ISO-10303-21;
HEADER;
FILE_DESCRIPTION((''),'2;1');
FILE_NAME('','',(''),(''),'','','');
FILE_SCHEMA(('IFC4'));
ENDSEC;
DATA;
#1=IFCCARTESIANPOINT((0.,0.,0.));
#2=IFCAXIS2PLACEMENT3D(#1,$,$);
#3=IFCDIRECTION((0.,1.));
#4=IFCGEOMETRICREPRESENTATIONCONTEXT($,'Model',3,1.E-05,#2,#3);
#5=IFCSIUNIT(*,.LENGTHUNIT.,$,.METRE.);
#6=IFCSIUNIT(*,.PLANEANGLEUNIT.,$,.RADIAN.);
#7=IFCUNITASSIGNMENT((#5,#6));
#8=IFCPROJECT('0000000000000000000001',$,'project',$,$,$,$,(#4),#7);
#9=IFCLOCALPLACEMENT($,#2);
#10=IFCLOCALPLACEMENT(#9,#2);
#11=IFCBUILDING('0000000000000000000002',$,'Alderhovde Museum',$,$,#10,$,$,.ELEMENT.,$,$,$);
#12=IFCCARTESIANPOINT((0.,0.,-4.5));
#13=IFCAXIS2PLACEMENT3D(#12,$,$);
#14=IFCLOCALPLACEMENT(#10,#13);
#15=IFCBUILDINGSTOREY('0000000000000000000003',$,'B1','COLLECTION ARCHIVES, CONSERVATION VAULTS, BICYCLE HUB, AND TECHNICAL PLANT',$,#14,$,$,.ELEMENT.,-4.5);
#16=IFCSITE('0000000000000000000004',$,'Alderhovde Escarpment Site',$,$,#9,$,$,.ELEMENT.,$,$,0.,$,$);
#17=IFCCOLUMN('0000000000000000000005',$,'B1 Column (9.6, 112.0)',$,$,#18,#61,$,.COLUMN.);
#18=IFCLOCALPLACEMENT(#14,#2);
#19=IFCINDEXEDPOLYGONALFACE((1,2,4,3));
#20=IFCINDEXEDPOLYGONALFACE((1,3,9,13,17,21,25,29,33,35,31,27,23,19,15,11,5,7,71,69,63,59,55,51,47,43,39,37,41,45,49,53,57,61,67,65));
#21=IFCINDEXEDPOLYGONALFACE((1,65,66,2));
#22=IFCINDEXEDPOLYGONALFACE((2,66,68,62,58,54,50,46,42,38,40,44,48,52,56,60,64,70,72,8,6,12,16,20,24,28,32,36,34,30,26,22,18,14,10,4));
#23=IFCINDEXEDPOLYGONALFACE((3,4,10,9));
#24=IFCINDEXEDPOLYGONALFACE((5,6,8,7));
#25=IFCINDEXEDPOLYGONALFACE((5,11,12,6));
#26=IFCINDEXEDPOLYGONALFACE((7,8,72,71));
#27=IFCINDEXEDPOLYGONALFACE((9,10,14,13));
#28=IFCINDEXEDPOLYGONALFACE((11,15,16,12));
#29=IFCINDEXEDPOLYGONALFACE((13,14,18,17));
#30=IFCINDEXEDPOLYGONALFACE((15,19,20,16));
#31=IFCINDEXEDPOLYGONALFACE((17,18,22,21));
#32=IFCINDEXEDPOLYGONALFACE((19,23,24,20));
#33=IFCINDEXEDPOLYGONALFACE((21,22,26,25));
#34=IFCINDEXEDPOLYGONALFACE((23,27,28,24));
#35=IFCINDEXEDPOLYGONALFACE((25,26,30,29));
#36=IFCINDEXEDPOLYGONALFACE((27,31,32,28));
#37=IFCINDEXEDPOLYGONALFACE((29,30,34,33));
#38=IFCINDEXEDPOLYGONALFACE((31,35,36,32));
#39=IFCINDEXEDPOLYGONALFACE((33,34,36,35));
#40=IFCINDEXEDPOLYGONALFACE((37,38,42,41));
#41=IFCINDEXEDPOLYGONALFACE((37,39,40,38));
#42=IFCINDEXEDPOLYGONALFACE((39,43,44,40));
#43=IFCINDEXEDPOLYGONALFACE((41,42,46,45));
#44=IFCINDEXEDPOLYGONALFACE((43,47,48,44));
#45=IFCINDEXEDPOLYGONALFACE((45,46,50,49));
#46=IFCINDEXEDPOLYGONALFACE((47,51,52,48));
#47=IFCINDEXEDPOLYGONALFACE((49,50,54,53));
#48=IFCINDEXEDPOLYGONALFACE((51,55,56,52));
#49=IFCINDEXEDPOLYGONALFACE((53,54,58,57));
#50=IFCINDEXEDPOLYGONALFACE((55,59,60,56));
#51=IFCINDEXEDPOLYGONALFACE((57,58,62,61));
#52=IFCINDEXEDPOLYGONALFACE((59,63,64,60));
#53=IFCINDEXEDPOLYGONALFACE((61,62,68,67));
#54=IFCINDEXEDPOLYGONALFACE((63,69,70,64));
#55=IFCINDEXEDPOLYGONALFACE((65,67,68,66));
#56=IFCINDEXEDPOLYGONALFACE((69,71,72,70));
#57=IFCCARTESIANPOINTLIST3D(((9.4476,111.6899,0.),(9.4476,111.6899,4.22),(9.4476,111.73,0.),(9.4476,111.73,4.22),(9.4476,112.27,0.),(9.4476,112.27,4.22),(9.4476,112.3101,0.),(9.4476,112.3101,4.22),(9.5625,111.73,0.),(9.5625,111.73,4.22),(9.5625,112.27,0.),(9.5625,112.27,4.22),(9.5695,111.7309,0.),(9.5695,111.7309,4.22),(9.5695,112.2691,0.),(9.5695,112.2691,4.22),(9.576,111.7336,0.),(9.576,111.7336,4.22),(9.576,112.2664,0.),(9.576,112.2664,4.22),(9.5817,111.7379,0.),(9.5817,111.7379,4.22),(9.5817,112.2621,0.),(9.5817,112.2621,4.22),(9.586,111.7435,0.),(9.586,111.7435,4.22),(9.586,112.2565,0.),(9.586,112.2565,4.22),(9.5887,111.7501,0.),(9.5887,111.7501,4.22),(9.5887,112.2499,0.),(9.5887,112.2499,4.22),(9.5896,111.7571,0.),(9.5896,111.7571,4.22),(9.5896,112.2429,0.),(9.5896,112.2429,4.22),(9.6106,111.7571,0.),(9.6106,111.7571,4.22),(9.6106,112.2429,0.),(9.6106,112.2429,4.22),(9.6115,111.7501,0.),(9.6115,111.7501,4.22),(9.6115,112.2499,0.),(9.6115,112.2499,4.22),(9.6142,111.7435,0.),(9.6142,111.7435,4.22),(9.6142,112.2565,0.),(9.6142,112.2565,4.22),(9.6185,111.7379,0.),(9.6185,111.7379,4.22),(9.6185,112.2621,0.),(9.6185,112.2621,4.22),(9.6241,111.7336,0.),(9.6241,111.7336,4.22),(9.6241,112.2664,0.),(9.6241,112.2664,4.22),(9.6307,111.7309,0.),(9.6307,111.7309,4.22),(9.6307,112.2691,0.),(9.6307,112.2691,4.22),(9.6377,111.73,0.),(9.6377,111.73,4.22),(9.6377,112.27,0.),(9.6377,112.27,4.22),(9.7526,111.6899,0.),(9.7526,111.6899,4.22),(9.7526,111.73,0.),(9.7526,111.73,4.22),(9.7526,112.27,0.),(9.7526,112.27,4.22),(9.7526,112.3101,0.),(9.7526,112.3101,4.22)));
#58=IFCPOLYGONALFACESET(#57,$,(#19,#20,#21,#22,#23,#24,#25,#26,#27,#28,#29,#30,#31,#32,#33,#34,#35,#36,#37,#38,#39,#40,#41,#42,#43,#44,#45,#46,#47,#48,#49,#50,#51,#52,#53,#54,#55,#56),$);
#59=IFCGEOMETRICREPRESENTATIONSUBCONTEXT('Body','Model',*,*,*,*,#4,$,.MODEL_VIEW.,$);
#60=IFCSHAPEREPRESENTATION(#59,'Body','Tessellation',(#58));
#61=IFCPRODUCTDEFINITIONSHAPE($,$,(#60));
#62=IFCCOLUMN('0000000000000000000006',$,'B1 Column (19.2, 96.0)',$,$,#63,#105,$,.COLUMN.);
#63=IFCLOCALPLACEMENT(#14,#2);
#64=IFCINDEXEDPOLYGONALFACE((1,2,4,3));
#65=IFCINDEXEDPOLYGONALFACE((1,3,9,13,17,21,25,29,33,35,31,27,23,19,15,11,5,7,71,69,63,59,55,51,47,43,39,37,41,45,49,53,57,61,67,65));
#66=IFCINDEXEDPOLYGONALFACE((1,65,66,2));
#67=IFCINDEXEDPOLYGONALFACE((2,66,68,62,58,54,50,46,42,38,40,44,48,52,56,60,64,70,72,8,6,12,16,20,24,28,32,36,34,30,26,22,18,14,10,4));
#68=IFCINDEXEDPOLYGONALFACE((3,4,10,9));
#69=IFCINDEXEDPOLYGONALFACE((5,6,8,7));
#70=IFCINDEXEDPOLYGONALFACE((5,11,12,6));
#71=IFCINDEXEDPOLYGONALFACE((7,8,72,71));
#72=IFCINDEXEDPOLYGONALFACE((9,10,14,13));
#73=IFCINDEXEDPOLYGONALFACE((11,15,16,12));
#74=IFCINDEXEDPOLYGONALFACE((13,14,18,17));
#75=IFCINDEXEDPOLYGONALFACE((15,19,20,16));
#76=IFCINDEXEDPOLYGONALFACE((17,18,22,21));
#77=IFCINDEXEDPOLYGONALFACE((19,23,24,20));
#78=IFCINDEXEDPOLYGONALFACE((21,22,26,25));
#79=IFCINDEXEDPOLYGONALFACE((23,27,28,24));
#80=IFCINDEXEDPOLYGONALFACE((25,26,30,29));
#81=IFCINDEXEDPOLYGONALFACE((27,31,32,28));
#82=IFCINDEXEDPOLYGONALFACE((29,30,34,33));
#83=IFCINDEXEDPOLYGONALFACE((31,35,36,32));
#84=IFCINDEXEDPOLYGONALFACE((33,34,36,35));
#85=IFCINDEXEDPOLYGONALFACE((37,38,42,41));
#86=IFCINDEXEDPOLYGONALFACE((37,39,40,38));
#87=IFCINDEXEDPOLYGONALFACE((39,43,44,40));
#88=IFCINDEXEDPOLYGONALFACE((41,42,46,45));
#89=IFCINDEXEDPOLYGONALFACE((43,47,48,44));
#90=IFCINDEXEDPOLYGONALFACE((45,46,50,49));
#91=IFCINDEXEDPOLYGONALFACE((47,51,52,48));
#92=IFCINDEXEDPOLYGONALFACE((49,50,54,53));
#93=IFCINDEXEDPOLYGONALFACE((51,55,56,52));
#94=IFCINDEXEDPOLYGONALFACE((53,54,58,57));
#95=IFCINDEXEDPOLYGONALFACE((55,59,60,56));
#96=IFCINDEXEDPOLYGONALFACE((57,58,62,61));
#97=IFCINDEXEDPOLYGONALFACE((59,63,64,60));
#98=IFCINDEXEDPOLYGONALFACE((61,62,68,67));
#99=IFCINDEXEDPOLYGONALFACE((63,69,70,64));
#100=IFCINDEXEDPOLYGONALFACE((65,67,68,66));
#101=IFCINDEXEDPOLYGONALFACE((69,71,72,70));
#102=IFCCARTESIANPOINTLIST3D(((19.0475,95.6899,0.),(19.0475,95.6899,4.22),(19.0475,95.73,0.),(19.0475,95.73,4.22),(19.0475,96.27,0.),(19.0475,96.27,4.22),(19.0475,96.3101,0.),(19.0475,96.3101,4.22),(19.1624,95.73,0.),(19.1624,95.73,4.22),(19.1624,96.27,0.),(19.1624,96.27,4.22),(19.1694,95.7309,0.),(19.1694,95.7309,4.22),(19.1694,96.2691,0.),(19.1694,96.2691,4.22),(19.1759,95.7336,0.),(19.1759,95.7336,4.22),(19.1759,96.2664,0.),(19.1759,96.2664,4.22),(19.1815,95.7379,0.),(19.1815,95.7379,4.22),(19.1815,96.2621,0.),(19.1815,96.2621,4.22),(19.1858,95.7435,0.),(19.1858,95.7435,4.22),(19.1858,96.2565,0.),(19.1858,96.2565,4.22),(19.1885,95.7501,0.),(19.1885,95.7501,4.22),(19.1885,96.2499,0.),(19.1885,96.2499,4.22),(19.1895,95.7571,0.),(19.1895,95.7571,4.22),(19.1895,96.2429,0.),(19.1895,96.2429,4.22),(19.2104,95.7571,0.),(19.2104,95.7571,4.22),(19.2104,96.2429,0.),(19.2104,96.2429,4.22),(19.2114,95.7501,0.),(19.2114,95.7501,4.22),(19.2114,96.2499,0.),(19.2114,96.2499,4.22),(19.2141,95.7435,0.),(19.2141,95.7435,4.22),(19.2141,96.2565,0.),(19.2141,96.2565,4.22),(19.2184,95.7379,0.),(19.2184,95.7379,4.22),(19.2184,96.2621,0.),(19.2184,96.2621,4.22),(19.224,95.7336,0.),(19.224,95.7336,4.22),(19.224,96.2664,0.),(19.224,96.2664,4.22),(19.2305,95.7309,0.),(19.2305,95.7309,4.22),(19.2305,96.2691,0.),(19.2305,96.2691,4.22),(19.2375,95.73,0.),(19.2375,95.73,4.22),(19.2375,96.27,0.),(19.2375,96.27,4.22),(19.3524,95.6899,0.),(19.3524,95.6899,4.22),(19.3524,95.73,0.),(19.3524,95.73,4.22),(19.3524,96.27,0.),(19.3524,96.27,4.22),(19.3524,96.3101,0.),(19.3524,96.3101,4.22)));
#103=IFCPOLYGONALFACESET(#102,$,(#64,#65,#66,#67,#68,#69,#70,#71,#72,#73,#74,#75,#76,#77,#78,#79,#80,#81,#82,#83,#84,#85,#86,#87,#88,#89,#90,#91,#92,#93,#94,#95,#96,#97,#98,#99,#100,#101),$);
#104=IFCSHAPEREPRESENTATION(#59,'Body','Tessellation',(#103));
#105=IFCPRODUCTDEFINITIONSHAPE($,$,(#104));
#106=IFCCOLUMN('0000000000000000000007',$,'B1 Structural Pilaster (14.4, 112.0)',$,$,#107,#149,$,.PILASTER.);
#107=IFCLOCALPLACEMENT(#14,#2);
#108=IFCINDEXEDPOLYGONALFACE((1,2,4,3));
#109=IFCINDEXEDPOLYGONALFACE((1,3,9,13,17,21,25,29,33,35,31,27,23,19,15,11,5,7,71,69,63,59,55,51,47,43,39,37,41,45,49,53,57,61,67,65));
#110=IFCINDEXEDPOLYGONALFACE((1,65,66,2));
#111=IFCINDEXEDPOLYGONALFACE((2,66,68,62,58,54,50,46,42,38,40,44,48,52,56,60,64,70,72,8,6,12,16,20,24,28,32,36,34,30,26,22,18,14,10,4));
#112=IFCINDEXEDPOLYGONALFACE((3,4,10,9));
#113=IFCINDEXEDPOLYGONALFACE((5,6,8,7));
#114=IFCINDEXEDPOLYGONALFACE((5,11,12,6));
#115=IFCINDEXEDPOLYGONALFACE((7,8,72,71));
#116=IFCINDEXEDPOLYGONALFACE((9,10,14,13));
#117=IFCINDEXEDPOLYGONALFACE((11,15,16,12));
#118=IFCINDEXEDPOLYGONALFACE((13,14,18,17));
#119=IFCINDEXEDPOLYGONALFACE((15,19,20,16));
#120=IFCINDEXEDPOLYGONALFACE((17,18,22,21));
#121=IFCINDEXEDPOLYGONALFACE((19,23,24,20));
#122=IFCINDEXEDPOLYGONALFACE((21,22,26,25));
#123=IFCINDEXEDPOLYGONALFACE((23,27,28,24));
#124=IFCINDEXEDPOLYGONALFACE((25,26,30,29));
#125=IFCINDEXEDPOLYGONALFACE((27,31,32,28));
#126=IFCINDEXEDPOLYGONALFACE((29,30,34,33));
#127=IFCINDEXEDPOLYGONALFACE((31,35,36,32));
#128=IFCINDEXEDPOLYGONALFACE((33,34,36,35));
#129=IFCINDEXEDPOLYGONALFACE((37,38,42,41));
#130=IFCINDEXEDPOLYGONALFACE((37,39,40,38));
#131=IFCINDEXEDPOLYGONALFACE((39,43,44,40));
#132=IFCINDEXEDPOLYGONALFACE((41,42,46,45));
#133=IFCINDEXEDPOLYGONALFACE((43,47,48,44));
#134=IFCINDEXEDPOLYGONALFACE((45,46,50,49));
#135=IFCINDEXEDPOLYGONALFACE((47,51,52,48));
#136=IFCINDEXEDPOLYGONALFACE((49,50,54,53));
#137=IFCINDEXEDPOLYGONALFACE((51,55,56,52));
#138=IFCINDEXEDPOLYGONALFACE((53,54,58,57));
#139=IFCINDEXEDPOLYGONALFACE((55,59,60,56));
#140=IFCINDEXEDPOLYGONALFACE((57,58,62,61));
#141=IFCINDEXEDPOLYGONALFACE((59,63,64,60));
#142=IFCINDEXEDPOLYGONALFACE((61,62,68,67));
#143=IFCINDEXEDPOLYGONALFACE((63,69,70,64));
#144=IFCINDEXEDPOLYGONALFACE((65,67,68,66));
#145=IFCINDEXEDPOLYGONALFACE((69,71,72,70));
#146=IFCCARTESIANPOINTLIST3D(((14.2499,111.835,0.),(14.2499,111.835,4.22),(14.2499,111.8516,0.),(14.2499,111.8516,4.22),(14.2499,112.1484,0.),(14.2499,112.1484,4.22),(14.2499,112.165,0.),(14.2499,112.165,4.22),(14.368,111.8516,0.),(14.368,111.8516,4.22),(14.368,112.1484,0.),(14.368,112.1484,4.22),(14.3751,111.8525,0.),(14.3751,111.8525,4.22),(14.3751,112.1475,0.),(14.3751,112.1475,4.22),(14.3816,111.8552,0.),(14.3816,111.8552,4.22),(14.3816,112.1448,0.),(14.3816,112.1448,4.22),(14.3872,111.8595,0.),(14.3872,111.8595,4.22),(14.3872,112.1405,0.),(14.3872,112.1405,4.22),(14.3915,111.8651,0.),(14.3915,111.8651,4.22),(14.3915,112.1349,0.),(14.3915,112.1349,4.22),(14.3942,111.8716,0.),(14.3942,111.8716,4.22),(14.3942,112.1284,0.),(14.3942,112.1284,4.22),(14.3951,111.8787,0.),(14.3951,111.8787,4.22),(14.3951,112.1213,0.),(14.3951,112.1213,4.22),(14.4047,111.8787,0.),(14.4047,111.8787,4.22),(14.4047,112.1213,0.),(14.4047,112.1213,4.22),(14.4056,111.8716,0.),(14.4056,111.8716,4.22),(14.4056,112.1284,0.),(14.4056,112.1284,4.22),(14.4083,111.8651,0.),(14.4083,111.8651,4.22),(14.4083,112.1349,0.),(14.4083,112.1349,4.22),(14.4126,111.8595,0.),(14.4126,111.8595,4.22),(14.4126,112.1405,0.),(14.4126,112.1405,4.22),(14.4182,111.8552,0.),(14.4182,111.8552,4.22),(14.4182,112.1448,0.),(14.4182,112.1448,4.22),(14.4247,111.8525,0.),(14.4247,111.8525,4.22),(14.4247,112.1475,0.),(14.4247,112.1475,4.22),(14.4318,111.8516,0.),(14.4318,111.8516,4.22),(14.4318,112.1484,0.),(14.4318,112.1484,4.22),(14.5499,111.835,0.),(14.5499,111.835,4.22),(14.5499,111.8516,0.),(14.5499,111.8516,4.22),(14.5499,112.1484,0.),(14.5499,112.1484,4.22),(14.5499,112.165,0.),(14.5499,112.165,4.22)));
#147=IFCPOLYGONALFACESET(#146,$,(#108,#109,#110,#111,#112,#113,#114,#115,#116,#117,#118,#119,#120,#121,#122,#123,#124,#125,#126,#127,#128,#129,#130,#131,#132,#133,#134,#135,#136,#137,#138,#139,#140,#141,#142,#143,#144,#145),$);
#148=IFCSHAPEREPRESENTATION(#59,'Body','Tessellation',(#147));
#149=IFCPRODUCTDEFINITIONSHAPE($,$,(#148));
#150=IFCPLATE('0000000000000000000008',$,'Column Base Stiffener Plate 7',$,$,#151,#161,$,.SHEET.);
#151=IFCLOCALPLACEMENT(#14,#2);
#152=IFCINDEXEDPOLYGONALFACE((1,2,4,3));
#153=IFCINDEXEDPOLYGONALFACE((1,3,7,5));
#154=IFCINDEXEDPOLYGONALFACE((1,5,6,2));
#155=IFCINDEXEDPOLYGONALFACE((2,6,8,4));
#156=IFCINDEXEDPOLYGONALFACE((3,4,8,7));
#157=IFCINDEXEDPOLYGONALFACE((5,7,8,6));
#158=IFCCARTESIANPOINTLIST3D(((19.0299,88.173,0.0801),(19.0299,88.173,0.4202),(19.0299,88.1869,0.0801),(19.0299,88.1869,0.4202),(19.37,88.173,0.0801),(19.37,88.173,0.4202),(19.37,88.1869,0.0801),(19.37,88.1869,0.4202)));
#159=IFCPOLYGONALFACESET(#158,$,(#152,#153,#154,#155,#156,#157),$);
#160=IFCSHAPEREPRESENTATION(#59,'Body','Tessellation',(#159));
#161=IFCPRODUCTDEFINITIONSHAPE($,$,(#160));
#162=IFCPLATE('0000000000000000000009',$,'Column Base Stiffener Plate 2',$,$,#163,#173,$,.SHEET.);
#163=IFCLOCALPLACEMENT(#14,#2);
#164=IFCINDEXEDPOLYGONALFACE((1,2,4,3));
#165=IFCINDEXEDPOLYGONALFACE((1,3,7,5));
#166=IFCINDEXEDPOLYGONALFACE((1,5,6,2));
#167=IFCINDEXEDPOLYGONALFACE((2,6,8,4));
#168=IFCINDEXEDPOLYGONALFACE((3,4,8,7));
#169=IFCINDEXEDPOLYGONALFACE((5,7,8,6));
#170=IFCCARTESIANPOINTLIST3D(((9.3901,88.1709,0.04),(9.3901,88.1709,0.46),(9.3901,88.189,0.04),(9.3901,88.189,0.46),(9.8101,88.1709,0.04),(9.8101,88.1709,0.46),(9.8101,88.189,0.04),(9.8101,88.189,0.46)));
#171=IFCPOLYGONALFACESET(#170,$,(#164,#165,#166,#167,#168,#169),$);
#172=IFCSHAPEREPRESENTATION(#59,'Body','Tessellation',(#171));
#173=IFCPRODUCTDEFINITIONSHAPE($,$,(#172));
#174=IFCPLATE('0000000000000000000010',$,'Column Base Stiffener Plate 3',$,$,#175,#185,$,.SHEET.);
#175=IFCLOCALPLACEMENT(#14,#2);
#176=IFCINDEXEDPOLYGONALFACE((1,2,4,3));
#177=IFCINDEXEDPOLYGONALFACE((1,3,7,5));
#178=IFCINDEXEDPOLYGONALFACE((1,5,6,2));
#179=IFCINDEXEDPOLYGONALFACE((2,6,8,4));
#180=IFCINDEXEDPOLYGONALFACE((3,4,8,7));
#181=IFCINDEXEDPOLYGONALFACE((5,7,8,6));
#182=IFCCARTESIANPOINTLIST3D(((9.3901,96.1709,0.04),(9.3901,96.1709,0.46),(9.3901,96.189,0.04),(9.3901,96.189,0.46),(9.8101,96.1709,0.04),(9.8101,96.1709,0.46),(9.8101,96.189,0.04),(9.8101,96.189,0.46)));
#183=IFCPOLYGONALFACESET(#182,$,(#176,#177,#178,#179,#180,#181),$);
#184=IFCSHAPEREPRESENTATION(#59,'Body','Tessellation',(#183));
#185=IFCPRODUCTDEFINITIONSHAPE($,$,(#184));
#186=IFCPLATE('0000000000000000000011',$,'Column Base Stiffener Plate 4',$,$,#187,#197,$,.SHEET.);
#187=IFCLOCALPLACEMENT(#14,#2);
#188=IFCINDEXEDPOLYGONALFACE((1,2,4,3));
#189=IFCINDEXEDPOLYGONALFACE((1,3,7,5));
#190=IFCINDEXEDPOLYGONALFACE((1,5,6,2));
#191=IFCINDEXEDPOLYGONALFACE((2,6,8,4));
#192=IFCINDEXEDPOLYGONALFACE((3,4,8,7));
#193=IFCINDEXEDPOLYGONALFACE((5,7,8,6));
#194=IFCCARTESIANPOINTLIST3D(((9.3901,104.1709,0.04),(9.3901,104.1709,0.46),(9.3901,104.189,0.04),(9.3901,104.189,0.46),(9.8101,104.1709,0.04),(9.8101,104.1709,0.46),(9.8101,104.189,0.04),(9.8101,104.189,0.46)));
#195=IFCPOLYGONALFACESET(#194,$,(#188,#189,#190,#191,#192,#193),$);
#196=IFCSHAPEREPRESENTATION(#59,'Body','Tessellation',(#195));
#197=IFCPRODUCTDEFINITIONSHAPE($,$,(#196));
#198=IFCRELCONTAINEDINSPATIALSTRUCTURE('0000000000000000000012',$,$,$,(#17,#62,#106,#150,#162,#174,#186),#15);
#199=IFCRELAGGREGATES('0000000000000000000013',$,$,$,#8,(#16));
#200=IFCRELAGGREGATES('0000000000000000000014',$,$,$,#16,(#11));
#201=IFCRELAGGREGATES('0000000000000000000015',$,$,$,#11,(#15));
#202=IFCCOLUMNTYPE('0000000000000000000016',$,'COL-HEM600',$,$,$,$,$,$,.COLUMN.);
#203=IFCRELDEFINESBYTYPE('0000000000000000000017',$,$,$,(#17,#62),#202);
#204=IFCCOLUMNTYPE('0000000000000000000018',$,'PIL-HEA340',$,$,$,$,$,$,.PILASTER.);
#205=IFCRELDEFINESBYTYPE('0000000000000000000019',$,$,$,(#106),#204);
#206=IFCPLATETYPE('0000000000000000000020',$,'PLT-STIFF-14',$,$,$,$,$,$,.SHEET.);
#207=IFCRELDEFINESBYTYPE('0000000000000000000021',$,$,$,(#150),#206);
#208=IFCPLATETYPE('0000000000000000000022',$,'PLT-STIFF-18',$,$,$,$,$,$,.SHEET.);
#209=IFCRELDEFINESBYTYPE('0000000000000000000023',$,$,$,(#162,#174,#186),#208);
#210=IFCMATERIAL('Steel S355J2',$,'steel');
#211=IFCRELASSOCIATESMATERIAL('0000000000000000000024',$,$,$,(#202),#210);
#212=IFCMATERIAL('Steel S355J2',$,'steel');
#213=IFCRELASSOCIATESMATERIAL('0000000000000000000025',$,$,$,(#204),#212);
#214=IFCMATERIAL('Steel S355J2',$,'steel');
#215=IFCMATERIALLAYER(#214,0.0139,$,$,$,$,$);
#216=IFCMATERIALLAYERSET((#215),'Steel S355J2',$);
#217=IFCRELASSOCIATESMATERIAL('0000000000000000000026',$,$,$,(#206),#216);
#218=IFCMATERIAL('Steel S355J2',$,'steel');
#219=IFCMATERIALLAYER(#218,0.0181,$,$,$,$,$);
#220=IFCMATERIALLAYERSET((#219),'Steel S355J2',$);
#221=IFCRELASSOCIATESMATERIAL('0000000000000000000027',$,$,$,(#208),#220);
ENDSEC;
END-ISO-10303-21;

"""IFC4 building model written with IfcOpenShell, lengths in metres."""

from ifc_helpers import new_model, si_unit, direction, frame, origin, origin_2d, place, context, subcontext, project, spatial, rectangle, i_section, extrude, material, layer, layer_set, material_profile, profile_set, type_object, element, save


model = new_model("IFC4")

# Units and contexts
model_context = context("Model", 3, precision=1e-05, world=origin(), true_north=direction((0.0, 1.0)))
body_context = subcontext(model_context, "Body", "Model", "MODEL_VIEW")
ifc_project = project(units=[si_unit("LENGTHUNIT", "METRE"), si_unit("PLANEANGLEUNIT", "RADIAN")], contexts=[model_context])

# Site, building, storey
site_placement = place(None, origin())
site = spatial("IfcSite", under=ifc_project, at=site_placement, Name="Alderhovde Escarpment Site", CompositionType="ELEMENT", RefElevation=0.0)
building_placement = place(site_placement, origin())
building = spatial("IfcBuilding", under=site, at=building_placement, Name="Alderhovde Museum", CompositionType="ELEMENT")
storey_placement = place(building_placement, frame((0.0, 0.0, -4.5)))
storey = spatial("IfcBuildingStorey", under=building, at=storey_placement, Name="B1", Description="COLLECTION ARCHIVES, CONSERVATION VAULTS, BICYCLE HUB, AND TECHNICAL PLANT", CompositionType="ELEMENT", Elevation=-4.5)

# Columns
ifc_material_1 = material(Name="Steel S355J2", Category="steel")
ifc_material_profile_1 = material_profile(ifc_material_1, i_section(OverallWidth=0.3049, OverallDepth=0.6201, WebThickness=0.021, FlangeThickness=0.04, FilletRadius=0.0271, at=origin_2d()), Name="HEM 600")
ifc_profile_set_1 = profile_set([ifc_material_profile_1], Name="Steel S355J2")
column_type_1 = type_object("IfcColumnType", Name="COL-HEM600", PredefinedType="COLUMN", material=ifc_profile_set_1)
for number, where, z_axis, x_axis, name in (
    (1, (9.6001, 112.0, 0.0), (0.0, 0.0, 1.0), (1.0, 0.0, 0.0), "B1 Column (9.6, 112.0)"),
    (2, (19.2, 96.0, 0.0), (0.0, 0.0, 1.0), (1.0, 0.0, 0.0), "B1 Column (19.2, 96.0)"),
):
    element("IfcColumn", number, at=place(storey_placement, frame(where, z_axis=z_axis, x_axis=x_axis)), inside=storey, type_object=column_type_1, Name=name, PredefinedType="COLUMN", context=body_context, shape_type="SweptSolid", body=[
        extrude(i_section(OverallWidth=0.3049, OverallDepth=0.6201, WebThickness=0.021, FlangeThickness=0.04, FilletRadius=0.0271, at=origin_2d()), origin(), (0.0, 0.0, 1.0), 4.22),
    ])
ifc_material_2 = material(Name="Steel S355J2", Category="steel")
ifc_material_profile_2 = material_profile(ifc_material_2, i_section(OverallWidth=0.3, OverallDepth=0.3301, WebThickness=0.0095, FlangeThickness=0.0166, FilletRadius=0.0271, at=origin_2d()), Name="HEA 340")
ifc_profile_set_2 = profile_set([ifc_material_profile_2], Name="Steel S355J2")
column_type_2 = type_object("IfcColumnType", Name="PIL-HEA340", PredefinedType="PILASTER", material=ifc_profile_set_2)
column_placement = place(storey_placement, frame((14.3999, 112.0, 0.0), z_axis=(0.0, 0.0, 1.0), x_axis=(1.0, 0.0, 0.0)))
element("IfcColumn", 3, at=column_placement, inside=storey, type_object=column_type_2, Name="B1 Structural Pilaster (14.4, 112.0)", PredefinedType="PILASTER", context=body_context, shape_type="SweptSolid", body=[
    extrude(i_section(OverallWidth=0.3, OverallDepth=0.3301, WebThickness=0.0095, FlangeThickness=0.0166, FilletRadius=0.0271, at=origin_2d()), origin(), (0.0, 0.0, 1.0), 4.22),
])

# Plates
ifc_material_3 = material(Name="Steel S355J2", Category="steel")
ifc_layer_1 = layer(ifc_material_3, 0.0139)
ifc_layer_set_1 = layer_set([ifc_layer_1], Name="Steel S355J2")
plate_type_1 = type_object("IfcPlateType", Name="PLT-STIFF-14", PredefinedType="SHEET", material=ifc_layer_set_1)
plate_placement = place(storey_placement, frame((19.2, 88.1799, 0.0801), z_axis=(0.0, 0.0, 1.0), x_axis=(1.0, 0.0, 0.0)))
element("IfcPlate", 4, at=plate_placement, inside=storey, type_object=plate_type_1, Name="Column Base Stiffener Plate 7", PredefinedType="SHEET", context=body_context, shape_type="SweptSolid", body=[
    extrude(rectangle(XDim=0.3401, YDim=0.0139, at=origin_2d()), origin(), (0.0, 0.0, 1.0), 0.3401),
])
ifc_material_4 = material(Name="Steel S355J2", Category="steel")
ifc_layer_2 = layer(ifc_material_4, 0.0181)
ifc_layer_set_2 = layer_set([ifc_layer_2], Name="Steel S355J2")
plate_type_2 = type_object("IfcPlateType", Name="PLT-STIFF-18", PredefinedType="SHEET", material=ifc_layer_set_2)
for number, where, z_axis, x_axis, name in (
    (5, (9.6001, 88.1799, 0.04), (0.0, 0.0, 1.0), (1.0, 0.0, 0.0), "Column Base Stiffener Plate 2"),
    (6, (9.6001, 96.1799, 0.04), (0.0, 0.0, 1.0), (1.0, 0.0, 0.0), "Column Base Stiffener Plate 3"),
    (7, (9.6001, 104.1799, 0.04), (0.0, 0.0, 1.0), (1.0, 0.0, 0.0), "Column Base Stiffener Plate 4"),
):
    element("IfcPlate", number, at=place(storey_placement, frame(where, z_axis=z_axis, x_axis=x_axis)), inside=storey, type_object=plate_type_2, Name=name, PredefinedType="SHEET", context=body_context, shape_type="SweptSolid", body=[
        extrude(rectangle(XDim=0.4199, YDim=0.0181, at=origin_2d()), origin(), (0.0, 0.0, 1.0), 0.4199),
    ])

save(model, "model.ifc")
